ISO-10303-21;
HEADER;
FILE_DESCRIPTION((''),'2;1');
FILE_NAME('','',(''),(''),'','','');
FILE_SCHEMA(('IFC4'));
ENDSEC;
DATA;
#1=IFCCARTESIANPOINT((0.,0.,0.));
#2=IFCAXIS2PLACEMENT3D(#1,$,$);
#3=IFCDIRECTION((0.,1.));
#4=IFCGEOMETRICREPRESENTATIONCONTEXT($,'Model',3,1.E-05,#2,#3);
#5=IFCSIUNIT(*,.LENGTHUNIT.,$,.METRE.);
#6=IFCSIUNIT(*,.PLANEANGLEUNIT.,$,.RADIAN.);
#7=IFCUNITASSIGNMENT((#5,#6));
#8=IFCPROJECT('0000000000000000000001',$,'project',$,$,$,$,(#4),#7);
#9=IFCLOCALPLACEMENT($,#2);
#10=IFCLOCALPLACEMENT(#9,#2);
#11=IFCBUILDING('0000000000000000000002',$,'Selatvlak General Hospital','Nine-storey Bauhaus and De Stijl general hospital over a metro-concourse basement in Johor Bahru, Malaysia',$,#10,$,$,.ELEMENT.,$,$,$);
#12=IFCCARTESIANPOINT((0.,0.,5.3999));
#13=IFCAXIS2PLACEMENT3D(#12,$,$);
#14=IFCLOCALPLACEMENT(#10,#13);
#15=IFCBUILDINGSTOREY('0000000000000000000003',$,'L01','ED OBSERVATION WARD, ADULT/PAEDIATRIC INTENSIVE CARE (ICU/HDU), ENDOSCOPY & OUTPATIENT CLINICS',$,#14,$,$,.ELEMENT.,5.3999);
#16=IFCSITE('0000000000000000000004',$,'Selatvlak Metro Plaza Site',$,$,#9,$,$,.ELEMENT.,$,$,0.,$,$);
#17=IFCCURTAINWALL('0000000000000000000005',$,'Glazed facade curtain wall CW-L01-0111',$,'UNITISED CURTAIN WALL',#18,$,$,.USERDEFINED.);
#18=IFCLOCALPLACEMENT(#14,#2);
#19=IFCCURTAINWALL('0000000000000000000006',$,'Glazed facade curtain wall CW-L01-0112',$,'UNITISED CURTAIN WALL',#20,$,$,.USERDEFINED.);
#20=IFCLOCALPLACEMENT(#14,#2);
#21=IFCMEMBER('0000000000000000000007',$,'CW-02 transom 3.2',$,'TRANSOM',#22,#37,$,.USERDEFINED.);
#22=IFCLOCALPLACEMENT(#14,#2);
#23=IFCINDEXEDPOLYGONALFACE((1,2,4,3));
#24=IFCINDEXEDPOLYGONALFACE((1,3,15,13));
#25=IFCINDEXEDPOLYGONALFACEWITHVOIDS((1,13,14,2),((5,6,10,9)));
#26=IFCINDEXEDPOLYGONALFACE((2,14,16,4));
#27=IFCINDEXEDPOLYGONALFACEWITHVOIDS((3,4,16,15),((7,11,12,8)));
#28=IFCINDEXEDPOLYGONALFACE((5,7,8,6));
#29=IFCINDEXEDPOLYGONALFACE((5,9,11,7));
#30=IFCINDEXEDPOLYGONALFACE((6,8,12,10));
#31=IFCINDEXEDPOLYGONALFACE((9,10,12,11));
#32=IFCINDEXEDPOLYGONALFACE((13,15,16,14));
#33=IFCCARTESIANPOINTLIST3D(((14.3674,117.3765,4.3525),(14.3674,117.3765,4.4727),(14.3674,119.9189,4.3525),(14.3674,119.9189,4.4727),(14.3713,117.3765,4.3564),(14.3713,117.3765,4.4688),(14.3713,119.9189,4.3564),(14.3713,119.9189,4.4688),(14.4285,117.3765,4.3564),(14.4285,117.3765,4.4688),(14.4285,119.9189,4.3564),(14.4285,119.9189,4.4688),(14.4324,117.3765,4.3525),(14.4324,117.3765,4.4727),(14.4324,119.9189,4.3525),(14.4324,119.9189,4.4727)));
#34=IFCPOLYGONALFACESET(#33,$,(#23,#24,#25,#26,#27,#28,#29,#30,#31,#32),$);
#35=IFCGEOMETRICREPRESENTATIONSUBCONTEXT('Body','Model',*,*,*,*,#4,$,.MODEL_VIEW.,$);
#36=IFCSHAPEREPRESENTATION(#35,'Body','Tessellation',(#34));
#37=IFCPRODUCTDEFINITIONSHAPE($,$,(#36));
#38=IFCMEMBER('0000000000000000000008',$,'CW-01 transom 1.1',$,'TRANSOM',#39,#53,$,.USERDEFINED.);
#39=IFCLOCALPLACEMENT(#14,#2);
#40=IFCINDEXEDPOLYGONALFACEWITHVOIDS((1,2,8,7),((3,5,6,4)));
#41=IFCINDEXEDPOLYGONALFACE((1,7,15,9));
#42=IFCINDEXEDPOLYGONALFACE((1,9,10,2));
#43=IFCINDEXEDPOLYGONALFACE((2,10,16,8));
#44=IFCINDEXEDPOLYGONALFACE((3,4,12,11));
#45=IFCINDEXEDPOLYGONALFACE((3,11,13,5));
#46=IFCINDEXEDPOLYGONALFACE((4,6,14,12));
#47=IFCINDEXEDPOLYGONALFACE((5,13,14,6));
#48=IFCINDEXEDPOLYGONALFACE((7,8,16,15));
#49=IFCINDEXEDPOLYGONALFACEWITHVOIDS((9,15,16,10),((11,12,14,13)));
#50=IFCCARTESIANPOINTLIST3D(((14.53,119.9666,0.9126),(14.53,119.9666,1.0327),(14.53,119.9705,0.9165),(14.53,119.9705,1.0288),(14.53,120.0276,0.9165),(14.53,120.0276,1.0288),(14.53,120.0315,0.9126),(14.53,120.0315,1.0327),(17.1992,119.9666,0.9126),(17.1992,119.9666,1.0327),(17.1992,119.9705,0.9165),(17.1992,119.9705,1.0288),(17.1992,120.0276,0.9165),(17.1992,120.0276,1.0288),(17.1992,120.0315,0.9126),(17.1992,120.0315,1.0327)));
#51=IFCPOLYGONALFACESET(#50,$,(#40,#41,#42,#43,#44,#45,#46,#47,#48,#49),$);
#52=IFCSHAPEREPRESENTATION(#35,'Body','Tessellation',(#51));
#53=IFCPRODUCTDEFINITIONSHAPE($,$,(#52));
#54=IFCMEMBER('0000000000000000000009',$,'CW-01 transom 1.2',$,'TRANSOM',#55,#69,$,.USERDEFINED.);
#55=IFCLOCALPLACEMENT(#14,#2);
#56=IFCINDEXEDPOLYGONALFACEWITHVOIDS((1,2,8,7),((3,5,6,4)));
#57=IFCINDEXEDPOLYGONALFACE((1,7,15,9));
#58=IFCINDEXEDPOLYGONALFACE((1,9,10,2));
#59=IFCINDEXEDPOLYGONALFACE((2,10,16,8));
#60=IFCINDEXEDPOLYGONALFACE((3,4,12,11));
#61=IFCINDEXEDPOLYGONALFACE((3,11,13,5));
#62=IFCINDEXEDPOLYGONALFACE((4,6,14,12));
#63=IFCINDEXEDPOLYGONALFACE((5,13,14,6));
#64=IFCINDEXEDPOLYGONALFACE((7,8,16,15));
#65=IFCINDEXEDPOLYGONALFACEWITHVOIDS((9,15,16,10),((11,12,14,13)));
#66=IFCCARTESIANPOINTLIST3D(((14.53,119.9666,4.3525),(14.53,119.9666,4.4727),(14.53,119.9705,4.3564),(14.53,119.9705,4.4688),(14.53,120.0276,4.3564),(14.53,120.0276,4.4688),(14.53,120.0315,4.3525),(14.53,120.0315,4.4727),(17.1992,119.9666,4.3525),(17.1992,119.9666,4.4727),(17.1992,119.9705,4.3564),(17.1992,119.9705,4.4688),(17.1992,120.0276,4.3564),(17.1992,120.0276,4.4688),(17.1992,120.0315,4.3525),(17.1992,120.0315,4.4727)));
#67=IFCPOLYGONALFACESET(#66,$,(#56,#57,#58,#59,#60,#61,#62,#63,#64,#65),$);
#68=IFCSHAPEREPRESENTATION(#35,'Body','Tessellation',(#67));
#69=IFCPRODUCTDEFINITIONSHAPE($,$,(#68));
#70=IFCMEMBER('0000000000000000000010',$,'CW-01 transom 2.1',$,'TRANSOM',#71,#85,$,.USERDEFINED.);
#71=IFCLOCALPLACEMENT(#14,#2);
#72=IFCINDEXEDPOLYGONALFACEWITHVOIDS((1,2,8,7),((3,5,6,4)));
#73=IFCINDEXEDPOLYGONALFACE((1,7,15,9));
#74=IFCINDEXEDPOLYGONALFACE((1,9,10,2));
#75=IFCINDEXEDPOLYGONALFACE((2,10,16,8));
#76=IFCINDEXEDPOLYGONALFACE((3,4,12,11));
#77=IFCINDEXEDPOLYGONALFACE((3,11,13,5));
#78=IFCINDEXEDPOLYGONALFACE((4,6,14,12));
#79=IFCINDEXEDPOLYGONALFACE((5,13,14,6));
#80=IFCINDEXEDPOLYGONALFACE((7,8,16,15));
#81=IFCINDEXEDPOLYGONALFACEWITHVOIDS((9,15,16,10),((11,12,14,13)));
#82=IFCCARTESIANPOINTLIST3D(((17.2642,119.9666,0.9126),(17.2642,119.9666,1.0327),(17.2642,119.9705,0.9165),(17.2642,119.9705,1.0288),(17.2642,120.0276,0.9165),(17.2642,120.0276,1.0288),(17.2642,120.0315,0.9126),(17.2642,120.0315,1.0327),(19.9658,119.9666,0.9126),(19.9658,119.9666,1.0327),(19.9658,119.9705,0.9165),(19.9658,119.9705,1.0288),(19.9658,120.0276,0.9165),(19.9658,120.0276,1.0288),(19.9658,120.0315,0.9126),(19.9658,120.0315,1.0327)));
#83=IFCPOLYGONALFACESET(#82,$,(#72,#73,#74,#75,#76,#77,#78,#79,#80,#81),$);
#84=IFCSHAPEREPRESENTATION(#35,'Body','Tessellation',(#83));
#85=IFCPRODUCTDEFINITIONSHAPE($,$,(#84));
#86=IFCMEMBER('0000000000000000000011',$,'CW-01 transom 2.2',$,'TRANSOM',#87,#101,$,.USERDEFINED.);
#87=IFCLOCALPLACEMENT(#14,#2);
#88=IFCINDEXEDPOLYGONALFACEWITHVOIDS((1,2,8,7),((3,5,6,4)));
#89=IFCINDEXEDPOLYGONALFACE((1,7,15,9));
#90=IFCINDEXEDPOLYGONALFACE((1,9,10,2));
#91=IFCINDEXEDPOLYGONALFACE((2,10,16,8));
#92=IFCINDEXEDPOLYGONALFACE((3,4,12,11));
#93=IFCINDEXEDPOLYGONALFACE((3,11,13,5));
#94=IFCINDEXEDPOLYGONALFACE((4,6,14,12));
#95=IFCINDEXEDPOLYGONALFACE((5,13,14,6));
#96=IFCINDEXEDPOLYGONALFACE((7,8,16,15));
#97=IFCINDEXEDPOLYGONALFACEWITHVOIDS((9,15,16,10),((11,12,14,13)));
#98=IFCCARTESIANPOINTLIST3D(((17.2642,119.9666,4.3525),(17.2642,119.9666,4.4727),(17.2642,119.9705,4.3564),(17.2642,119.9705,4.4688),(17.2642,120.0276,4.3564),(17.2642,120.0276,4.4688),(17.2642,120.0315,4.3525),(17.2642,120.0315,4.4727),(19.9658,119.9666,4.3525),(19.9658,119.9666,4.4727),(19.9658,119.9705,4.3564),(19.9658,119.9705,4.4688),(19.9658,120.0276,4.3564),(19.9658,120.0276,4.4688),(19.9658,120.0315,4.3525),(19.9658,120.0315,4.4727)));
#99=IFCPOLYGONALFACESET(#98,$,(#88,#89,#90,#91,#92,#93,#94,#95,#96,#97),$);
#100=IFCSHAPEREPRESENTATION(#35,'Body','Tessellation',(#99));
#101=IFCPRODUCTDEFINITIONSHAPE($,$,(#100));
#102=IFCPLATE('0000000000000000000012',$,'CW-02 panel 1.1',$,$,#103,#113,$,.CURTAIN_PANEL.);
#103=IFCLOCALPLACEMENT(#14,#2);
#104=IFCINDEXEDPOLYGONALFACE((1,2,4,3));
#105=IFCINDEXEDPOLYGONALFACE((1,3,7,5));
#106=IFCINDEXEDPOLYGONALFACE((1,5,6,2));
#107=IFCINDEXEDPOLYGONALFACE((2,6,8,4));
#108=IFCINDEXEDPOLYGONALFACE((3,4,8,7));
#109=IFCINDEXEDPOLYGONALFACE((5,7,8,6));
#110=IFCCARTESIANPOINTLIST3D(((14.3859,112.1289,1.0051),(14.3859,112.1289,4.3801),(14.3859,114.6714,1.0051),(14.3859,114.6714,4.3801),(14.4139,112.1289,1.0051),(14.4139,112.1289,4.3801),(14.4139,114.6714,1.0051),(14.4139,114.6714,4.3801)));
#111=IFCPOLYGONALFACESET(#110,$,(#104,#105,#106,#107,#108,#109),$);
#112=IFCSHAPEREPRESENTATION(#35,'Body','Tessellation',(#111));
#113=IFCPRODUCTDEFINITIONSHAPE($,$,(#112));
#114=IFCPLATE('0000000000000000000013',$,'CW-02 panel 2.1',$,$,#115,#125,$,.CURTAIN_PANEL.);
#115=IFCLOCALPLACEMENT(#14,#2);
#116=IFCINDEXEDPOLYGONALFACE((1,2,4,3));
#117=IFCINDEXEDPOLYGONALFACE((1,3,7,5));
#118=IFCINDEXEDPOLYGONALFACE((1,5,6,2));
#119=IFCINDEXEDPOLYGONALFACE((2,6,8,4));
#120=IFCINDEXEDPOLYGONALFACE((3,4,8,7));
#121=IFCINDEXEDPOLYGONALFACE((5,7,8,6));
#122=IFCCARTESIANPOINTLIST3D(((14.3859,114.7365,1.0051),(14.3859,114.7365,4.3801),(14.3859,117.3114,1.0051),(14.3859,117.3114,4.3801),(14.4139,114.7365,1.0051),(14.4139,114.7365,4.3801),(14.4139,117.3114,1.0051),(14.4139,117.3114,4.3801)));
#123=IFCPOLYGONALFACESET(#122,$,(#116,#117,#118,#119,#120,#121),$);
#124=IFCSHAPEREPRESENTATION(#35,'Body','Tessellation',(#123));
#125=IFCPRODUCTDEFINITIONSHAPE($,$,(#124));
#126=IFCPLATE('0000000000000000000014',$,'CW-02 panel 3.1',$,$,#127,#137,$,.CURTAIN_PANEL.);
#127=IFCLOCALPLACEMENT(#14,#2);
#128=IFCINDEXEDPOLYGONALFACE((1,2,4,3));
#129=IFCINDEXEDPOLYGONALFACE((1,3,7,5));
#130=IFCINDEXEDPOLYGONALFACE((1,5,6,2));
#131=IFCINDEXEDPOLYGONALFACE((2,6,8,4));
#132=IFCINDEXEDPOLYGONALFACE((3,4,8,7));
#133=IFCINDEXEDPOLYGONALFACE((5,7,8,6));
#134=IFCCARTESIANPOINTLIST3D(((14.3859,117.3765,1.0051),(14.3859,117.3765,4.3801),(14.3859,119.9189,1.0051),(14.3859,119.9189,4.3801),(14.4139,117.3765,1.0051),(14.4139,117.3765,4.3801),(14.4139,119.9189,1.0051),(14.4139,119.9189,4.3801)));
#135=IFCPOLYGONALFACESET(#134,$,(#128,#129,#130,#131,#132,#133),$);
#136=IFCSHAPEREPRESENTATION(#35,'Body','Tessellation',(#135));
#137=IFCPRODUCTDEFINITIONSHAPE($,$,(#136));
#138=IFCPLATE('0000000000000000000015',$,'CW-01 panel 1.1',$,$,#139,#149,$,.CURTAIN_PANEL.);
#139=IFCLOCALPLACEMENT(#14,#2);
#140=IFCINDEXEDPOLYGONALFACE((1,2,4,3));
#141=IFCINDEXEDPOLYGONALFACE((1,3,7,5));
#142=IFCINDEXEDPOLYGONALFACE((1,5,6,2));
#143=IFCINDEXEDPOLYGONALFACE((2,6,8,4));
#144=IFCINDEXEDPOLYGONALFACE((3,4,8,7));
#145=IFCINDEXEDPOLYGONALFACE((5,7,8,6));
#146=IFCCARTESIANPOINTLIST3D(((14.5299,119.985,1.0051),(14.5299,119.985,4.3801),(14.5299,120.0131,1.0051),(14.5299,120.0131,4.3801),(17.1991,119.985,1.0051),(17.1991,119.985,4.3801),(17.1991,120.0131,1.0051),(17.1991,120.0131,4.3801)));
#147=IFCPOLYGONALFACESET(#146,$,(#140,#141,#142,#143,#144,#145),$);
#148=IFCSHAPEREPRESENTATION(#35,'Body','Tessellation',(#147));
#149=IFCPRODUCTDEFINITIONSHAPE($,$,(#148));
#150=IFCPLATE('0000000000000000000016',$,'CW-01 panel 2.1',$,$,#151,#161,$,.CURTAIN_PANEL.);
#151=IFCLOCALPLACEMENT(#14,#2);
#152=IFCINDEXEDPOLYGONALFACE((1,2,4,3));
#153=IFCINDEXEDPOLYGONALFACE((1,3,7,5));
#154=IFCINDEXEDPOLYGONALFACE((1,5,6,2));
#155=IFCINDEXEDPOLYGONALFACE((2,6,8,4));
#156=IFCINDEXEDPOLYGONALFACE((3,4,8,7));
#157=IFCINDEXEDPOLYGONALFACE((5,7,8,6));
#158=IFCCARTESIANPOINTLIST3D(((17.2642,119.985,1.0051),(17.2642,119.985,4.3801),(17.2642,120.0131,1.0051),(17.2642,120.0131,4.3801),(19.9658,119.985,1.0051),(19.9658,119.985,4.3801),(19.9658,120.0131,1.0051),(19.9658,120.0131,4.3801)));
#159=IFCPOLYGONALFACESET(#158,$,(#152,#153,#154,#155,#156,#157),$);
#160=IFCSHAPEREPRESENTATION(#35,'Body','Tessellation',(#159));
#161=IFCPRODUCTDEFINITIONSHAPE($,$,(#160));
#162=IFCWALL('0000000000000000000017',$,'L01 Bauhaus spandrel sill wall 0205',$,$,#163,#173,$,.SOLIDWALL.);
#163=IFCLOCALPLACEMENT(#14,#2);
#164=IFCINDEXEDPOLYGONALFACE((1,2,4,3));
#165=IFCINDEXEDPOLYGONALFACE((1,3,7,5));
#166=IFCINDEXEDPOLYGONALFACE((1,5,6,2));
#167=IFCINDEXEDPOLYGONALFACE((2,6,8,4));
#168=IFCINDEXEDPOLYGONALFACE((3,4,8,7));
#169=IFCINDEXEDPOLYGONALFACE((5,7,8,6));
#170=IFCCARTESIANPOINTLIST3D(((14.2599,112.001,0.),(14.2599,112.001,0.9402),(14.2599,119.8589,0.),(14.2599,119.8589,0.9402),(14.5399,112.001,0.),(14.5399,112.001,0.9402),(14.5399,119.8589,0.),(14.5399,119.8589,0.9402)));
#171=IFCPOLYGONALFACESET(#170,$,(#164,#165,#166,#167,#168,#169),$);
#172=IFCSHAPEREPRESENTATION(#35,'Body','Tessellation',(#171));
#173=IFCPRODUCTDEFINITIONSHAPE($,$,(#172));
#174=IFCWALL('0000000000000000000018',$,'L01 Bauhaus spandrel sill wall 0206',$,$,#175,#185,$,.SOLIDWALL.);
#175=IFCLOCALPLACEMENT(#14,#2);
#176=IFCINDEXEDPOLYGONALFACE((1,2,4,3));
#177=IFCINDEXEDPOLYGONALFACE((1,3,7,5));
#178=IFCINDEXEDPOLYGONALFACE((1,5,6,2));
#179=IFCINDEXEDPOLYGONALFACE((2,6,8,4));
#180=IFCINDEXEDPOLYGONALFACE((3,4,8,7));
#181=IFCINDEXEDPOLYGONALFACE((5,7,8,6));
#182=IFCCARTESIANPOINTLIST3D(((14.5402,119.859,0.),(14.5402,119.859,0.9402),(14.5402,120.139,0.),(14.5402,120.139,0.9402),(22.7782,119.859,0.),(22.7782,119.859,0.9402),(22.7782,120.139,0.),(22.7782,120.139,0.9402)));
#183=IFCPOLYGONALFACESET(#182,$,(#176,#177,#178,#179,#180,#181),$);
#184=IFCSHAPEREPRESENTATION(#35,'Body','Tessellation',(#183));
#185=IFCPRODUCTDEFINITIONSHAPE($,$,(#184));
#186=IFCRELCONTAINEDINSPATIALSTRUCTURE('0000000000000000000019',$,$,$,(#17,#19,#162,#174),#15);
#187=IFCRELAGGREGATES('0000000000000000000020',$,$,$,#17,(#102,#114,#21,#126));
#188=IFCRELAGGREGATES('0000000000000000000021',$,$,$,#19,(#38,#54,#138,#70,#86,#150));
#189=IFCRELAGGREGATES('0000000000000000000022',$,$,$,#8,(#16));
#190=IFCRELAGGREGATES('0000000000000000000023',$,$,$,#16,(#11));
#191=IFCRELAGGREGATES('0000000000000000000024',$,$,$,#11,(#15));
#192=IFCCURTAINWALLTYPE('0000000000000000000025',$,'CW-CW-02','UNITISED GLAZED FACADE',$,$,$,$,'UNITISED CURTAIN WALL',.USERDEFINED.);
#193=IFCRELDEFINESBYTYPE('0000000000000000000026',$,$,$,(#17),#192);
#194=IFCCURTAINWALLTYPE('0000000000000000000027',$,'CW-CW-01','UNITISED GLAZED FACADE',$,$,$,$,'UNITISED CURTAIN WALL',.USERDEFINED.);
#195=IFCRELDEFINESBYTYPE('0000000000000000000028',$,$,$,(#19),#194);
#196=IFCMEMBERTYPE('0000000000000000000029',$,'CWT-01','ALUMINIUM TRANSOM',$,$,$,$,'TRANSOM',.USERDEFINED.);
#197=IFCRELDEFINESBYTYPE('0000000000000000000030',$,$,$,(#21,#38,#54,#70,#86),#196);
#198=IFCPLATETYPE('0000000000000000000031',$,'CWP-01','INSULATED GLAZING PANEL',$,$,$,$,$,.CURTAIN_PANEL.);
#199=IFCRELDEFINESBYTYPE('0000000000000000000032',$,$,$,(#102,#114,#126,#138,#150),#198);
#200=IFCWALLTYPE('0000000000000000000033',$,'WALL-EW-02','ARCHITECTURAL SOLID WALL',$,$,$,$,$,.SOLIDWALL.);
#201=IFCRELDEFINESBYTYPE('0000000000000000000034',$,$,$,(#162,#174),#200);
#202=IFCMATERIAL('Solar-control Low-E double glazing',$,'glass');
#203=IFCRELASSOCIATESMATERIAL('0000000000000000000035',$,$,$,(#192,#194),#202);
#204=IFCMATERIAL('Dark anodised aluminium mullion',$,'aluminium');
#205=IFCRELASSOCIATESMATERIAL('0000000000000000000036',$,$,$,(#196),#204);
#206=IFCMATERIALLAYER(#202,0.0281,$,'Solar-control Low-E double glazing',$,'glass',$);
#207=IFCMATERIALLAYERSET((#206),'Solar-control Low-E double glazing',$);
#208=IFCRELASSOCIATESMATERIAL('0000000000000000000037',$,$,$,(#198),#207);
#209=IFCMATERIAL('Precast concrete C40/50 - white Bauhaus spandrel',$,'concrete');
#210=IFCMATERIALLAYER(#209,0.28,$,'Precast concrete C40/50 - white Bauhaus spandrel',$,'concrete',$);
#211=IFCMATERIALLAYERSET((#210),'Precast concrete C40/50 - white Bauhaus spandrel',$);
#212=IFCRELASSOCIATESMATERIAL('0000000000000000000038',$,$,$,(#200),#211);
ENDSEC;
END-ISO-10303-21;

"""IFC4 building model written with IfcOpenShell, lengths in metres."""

from ifc_helpers import new_model, si_unit, direction, frame, frame_2d, origin, origin_2d, place, context, subcontext, project, spatial, rectangle, hollow_rectangle, extrude, material, layer, layer_set, material_profile, profile_set, type_object, element, aggregate, save


model = new_model("IFC4")

# Units and contexts
model_context = context("Model", 3, precision=1e-05, world=origin(), true_north=direction((0.0, 1.0)))
body_context = subcontext(model_context, "Body", "Model", "MODEL_VIEW")
ifc_project = project(units=[si_unit("LENGTHUNIT", "METRE"), si_unit("PLANEANGLEUNIT", "RADIAN")], contexts=[model_context])

# Site, building, storey
site_placement = place(None, origin())
site = spatial("IfcSite", under=ifc_project, at=site_placement, Name="Selatvlak Metro Plaza Site", CompositionType="ELEMENT", RefElevation=0.0)
building_placement = place(site_placement, origin())
building = spatial("IfcBuilding", under=site, at=building_placement, Name="Selatvlak General Hospital", Description="Nine-storey Bauhaus and De Stijl general hospital over a metro-concourse basement in Johor Bahru, Malaysia", CompositionType="ELEMENT")
storey_placement = place(building_placement, frame((0.0, 0.0, 5.3999)))
storey = spatial("IfcBuildingStorey", under=building, at=storey_placement, Name="L01", Description="ED OBSERVATION WARD, ADULT/PAEDIATRIC INTENSIVE CARE (ICU/HDU), ENDOSCOPY & OUTPATIENT CLINICS", CompositionType="ELEMENT", Elevation=5.3999)

# Curtain walls
ifc_material_1 = material(Name="Solar-control Low-E double glazing", Category="glass")
curtain_wall_type_1 = type_object("IfcCurtainWallType", Name="CW-CW-02", Description="UNITISED GLAZED FACADE", ElementType="UNITISED CURTAIN WALL", PredefinedType="USERDEFINED", material=ifc_material_1)
curtain_wall_1_placement = place(storey_placement, origin())
curtain_wall_1 = element("IfcCurtainWall", 1, at=curtain_wall_1_placement, inside=storey, type_object=curtain_wall_type_1, Name="Glazed facade curtain wall CW-L01-0111", ObjectType="UNITISED CURTAIN WALL", PredefinedType="USERDEFINED")
ifc_material_2 = material(Name="Dark anodised aluminium mullion", Category="aluminium")
curtain_wall_type_2 = type_object("IfcCurtainWallType", Name="CW-CW-01", Description="UNITISED GLAZED FACADE", ElementType="UNITISED CURTAIN WALL", PredefinedType="USERDEFINED", material=ifc_material_1)
curtain_wall_2_placement = place(storey_placement, origin())
curtain_wall_2 = element("IfcCurtainWall", 2, at=curtain_wall_2_placement, inside=storey, type_object=curtain_wall_type_2, Name="Glazed facade curtain wall CW-L01-0112", ObjectType="UNITISED CURTAIN WALL", PredefinedType="USERDEFINED")

# Members
ifc_material_profile_1 = material_profile(ifc_material_2, hollow_rectangle(XDim=0.0649, YDim=0.1201, WallThickness=0.0039, at=origin_2d()), Name="AL-TRN 65x120x4")
ifc_profile_set_1 = profile_set([ifc_material_profile_1], Name="Dark anodised aluminium mullion")
member_type_1 = type_object("IfcMemberType", Name="CWT-01", Description="ALUMINIUM TRANSOM", ElementType="TRANSOM", PredefinedType="USERDEFINED", material=ifc_profile_set_1)
member_1_placement = place(storey_placement, frame((14.3999, 117.3765, 4.4126), z_axis=(0.0, 1.0, 0.0), x_axis=(-1.0, 0.0, 0.0)))
member_1 = element("IfcMember", 3, at=member_1_placement, type_object=member_type_1, Name="CW-02 transom 3.2", ObjectType="TRANSOM", PredefinedType="USERDEFINED", context=body_context, shape_type="SweptSolid", body=[
    extrude(hollow_rectangle(XDim=0.0649, YDim=0.1201, WallThickness=0.0039, at=origin_2d()), origin(), (0.0, 0.0, 1.0), 2.5425),
])
member_2_placement = place(storey_placement, frame((14.53, 119.999, 0.9727), z_axis=(1.0, 0.0, 0.0), x_axis=(0.0, 1.0, 0.0)))
member_2 = element("IfcMember", 4, at=member_2_placement, type_object=member_type_1, Name="CW-01 transom 1.1", ObjectType="TRANSOM", PredefinedType="USERDEFINED", context=body_context, shape_type="SweptSolid", body=[
    extrude(hollow_rectangle(XDim=0.0649, YDim=0.1201, WallThickness=0.0039, at=origin_2d()), origin(), (0.0, 0.0, 1.0), 2.6692),
])
member_3_placement = place(storey_placement, frame((14.53, 119.999, 4.4126), z_axis=(1.0, 0.0, 0.0), x_axis=(0.0, 1.0, 0.0)))
member_3 = element("IfcMember", 5, at=member_3_placement, type_object=member_type_1, Name="CW-01 transom 1.2", ObjectType="TRANSOM", PredefinedType="USERDEFINED", context=body_context, shape_type="SweptSolid", body=[
    extrude(hollow_rectangle(XDim=0.0649, YDim=0.1201, WallThickness=0.0039, at=origin_2d()), origin(), (0.0, 0.0, 1.0), 2.6692),
])
member_4_placement = place(storey_placement, frame((17.2642, 119.999, 0.9727), z_axis=(1.0, 0.0, 0.0), x_axis=(0.0, 1.0, 0.0)))
member_4 = element("IfcMember", 6, at=member_4_placement, type_object=member_type_1, Name="CW-01 transom 2.1", ObjectType="TRANSOM", PredefinedType="USERDEFINED", context=body_context, shape_type="SweptSolid", body=[
    extrude(hollow_rectangle(XDim=0.0649, YDim=0.1201, WallThickness=0.0039, at=origin_2d()), origin(), (0.0, 0.0, 1.0), 2.7017),
])
member_5_placement = place(storey_placement, frame((17.2642, 119.999, 4.4126), z_axis=(1.0, 0.0, 0.0), x_axis=(0.0, 1.0, 0.0)))
member_5 = element("IfcMember", 7, at=member_5_placement, type_object=member_type_1, Name="CW-01 transom 2.2", ObjectType="TRANSOM", PredefinedType="USERDEFINED", context=body_context, shape_type="SweptSolid", body=[
    extrude(hollow_rectangle(XDim=0.0649, YDim=0.1201, WallThickness=0.0039, at=origin_2d()), origin(), (0.0, 0.0, 1.0), 2.7017),
])

# Plates
ifc_layer_1 = layer(ifc_material_1, 0.0281, Name="Solar-control Low-E double glazing", Category="glass")
ifc_layer_set_1 = layer_set([ifc_layer_1], Name="Solar-control Low-E double glazing")
plate_type = type_object("IfcPlateType", Name="CWP-01", Description="INSULATED GLAZING PANEL", PredefinedType="CURTAIN_PANEL", material=ifc_layer_set_1)
plate_1_placement = place(storey_placement, frame((14.3999, 113.4001, 1.0051), z_axis=(0.0, 0.0, 1.0), x_axis=(0.0, 1.0, 0.0)))
plate_1 = element("IfcPlate", 8, at=plate_1_placement, type_object=plate_type, Name="CW-02 panel 1.1", PredefinedType="CURTAIN_PANEL", context=body_context, shape_type="SweptSolid", body=[
    extrude(rectangle(XDim=2.5425, YDim=0.0281, at=origin_2d()), origin(), (0.0, 0.0, 1.0), 3.375),
])
plate_2_placement = place(storey_placement, frame((14.3999, 116.0239, 1.0051), z_axis=(0.0, 0.0, 1.0), x_axis=(0.0, 1.0, 0.0)))
plate_2 = element("IfcPlate", 9, at=plate_2_placement, type_object=plate_type, Name="CW-02 panel 2.1", PredefinedType="CURTAIN_PANEL", context=body_context, shape_type="SweptSolid", body=[
    extrude(rectangle(XDim=2.575, YDim=0.0281, at=origin_2d()), origin(), (0.0, 0.0, 1.0), 3.375),
])
plate_3_placement = place(storey_placement, frame((14.3999, 118.6477, 1.0051), z_axis=(0.0, 0.0, 1.0), x_axis=(0.0, 1.0, 0.0)))
plate_3 = element("IfcPlate", 10, at=plate_3_placement, type_object=plate_type, Name="CW-02 panel 3.1", PredefinedType="CURTAIN_PANEL", context=body_context, shape_type="SweptSolid", body=[
    extrude(rectangle(XDim=2.5425, YDim=0.0281, at=origin_2d()), origin(), (0.0, 0.0, 1.0), 3.375),
])
aggregate(curtain_wall_1, [plate_1, plate_2, member_1, plate_3])
plate_4_placement = place(storey_placement, frame((15.8645, 119.999, 1.0051), z_axis=(0.0, 0.0, 1.0), x_axis=(1.0, 0.0, 0.0)))
plate_4 = element("IfcPlate", 11, at=plate_4_placement, type_object=plate_type, Name="CW-01 panel 1.1", PredefinedType="CURTAIN_PANEL", context=body_context, shape_type="SweptSolid", body=[
    extrude(rectangle(XDim=2.6692, YDim=0.0281, at=origin_2d()), origin(), (0.0, 0.0, 1.0), 3.375),
])
plate_5_placement = place(storey_placement, frame((18.615, 119.999, 1.0051), z_axis=(0.0, 0.0, 1.0), x_axis=(1.0, 0.0, 0.0)))
plate_5 = element("IfcPlate", 12, at=plate_5_placement, type_object=plate_type, Name="CW-01 panel 2.1", PredefinedType="CURTAIN_PANEL", context=body_context, shape_type="SweptSolid", body=[
    extrude(rectangle(XDim=2.7017, YDim=0.0281, at=origin_2d()), origin(), (0.0, 0.0, 1.0), 3.375),
])
aggregate(curtain_wall_2, [member_2, member_3, plate_4, member_4, member_5, plate_5])

# Walls
ifc_material_3 = material(Name="Precast concrete C40/50 - white Bauhaus spandrel", Category="concrete")
ifc_layer_2 = layer(ifc_material_3, 0.28, Name="Precast concrete C40/50 - white Bauhaus spandrel", Category="concrete")
ifc_layer_set_2 = layer_set([ifc_layer_2], Name="Precast concrete C40/50 - white Bauhaus spandrel")
wall_type = type_object("IfcWallType", Name="WALL-EW-02", Description="ARCHITECTURAL SOLID WALL", PredefinedType="SOLIDWALL", material=ifc_layer_set_2)
wall_1_placement = place(storey_placement, frame((14.3999, 112.001, 0.0), z_axis=(0.0, 0.0, 1.0), x_axis=(0.0, 1.0, 0.0)))
element("IfcWall", 13, at=wall_1_placement, inside=storey, type_object=wall_type, Name="L01 Bauhaus spandrel sill wall 0205", PredefinedType="SOLIDWALL", context=body_context, shape_type="SweptSolid", body=[
    extrude(rectangle(XDim=7.8579, YDim=0.28, at=frame_2d((3.929, 0.0))), origin(), (0.0, 0.0, 1.0), 0.9402),
])
wall_2_placement = place(storey_placement, frame((14.54, 119.999, 0.0), z_axis=(0.0, 0.0, 1.0), x_axis=(1.0, 0.0, 0.0)))
element("IfcWall", 14, at=wall_2_placement, inside=storey, type_object=wall_type, Name="L01 Bauhaus spandrel sill wall 0206", PredefinedType="SOLIDWALL", context=body_context, shape_type="SweptSolid", body=[
    extrude(rectangle(XDim=8.238, YDim=0.28, at=frame_2d((4.1191, 0.0))), origin(), (0.0, 0.0, 1.0), 0.9402),
])

save(model, "model.ifc")
